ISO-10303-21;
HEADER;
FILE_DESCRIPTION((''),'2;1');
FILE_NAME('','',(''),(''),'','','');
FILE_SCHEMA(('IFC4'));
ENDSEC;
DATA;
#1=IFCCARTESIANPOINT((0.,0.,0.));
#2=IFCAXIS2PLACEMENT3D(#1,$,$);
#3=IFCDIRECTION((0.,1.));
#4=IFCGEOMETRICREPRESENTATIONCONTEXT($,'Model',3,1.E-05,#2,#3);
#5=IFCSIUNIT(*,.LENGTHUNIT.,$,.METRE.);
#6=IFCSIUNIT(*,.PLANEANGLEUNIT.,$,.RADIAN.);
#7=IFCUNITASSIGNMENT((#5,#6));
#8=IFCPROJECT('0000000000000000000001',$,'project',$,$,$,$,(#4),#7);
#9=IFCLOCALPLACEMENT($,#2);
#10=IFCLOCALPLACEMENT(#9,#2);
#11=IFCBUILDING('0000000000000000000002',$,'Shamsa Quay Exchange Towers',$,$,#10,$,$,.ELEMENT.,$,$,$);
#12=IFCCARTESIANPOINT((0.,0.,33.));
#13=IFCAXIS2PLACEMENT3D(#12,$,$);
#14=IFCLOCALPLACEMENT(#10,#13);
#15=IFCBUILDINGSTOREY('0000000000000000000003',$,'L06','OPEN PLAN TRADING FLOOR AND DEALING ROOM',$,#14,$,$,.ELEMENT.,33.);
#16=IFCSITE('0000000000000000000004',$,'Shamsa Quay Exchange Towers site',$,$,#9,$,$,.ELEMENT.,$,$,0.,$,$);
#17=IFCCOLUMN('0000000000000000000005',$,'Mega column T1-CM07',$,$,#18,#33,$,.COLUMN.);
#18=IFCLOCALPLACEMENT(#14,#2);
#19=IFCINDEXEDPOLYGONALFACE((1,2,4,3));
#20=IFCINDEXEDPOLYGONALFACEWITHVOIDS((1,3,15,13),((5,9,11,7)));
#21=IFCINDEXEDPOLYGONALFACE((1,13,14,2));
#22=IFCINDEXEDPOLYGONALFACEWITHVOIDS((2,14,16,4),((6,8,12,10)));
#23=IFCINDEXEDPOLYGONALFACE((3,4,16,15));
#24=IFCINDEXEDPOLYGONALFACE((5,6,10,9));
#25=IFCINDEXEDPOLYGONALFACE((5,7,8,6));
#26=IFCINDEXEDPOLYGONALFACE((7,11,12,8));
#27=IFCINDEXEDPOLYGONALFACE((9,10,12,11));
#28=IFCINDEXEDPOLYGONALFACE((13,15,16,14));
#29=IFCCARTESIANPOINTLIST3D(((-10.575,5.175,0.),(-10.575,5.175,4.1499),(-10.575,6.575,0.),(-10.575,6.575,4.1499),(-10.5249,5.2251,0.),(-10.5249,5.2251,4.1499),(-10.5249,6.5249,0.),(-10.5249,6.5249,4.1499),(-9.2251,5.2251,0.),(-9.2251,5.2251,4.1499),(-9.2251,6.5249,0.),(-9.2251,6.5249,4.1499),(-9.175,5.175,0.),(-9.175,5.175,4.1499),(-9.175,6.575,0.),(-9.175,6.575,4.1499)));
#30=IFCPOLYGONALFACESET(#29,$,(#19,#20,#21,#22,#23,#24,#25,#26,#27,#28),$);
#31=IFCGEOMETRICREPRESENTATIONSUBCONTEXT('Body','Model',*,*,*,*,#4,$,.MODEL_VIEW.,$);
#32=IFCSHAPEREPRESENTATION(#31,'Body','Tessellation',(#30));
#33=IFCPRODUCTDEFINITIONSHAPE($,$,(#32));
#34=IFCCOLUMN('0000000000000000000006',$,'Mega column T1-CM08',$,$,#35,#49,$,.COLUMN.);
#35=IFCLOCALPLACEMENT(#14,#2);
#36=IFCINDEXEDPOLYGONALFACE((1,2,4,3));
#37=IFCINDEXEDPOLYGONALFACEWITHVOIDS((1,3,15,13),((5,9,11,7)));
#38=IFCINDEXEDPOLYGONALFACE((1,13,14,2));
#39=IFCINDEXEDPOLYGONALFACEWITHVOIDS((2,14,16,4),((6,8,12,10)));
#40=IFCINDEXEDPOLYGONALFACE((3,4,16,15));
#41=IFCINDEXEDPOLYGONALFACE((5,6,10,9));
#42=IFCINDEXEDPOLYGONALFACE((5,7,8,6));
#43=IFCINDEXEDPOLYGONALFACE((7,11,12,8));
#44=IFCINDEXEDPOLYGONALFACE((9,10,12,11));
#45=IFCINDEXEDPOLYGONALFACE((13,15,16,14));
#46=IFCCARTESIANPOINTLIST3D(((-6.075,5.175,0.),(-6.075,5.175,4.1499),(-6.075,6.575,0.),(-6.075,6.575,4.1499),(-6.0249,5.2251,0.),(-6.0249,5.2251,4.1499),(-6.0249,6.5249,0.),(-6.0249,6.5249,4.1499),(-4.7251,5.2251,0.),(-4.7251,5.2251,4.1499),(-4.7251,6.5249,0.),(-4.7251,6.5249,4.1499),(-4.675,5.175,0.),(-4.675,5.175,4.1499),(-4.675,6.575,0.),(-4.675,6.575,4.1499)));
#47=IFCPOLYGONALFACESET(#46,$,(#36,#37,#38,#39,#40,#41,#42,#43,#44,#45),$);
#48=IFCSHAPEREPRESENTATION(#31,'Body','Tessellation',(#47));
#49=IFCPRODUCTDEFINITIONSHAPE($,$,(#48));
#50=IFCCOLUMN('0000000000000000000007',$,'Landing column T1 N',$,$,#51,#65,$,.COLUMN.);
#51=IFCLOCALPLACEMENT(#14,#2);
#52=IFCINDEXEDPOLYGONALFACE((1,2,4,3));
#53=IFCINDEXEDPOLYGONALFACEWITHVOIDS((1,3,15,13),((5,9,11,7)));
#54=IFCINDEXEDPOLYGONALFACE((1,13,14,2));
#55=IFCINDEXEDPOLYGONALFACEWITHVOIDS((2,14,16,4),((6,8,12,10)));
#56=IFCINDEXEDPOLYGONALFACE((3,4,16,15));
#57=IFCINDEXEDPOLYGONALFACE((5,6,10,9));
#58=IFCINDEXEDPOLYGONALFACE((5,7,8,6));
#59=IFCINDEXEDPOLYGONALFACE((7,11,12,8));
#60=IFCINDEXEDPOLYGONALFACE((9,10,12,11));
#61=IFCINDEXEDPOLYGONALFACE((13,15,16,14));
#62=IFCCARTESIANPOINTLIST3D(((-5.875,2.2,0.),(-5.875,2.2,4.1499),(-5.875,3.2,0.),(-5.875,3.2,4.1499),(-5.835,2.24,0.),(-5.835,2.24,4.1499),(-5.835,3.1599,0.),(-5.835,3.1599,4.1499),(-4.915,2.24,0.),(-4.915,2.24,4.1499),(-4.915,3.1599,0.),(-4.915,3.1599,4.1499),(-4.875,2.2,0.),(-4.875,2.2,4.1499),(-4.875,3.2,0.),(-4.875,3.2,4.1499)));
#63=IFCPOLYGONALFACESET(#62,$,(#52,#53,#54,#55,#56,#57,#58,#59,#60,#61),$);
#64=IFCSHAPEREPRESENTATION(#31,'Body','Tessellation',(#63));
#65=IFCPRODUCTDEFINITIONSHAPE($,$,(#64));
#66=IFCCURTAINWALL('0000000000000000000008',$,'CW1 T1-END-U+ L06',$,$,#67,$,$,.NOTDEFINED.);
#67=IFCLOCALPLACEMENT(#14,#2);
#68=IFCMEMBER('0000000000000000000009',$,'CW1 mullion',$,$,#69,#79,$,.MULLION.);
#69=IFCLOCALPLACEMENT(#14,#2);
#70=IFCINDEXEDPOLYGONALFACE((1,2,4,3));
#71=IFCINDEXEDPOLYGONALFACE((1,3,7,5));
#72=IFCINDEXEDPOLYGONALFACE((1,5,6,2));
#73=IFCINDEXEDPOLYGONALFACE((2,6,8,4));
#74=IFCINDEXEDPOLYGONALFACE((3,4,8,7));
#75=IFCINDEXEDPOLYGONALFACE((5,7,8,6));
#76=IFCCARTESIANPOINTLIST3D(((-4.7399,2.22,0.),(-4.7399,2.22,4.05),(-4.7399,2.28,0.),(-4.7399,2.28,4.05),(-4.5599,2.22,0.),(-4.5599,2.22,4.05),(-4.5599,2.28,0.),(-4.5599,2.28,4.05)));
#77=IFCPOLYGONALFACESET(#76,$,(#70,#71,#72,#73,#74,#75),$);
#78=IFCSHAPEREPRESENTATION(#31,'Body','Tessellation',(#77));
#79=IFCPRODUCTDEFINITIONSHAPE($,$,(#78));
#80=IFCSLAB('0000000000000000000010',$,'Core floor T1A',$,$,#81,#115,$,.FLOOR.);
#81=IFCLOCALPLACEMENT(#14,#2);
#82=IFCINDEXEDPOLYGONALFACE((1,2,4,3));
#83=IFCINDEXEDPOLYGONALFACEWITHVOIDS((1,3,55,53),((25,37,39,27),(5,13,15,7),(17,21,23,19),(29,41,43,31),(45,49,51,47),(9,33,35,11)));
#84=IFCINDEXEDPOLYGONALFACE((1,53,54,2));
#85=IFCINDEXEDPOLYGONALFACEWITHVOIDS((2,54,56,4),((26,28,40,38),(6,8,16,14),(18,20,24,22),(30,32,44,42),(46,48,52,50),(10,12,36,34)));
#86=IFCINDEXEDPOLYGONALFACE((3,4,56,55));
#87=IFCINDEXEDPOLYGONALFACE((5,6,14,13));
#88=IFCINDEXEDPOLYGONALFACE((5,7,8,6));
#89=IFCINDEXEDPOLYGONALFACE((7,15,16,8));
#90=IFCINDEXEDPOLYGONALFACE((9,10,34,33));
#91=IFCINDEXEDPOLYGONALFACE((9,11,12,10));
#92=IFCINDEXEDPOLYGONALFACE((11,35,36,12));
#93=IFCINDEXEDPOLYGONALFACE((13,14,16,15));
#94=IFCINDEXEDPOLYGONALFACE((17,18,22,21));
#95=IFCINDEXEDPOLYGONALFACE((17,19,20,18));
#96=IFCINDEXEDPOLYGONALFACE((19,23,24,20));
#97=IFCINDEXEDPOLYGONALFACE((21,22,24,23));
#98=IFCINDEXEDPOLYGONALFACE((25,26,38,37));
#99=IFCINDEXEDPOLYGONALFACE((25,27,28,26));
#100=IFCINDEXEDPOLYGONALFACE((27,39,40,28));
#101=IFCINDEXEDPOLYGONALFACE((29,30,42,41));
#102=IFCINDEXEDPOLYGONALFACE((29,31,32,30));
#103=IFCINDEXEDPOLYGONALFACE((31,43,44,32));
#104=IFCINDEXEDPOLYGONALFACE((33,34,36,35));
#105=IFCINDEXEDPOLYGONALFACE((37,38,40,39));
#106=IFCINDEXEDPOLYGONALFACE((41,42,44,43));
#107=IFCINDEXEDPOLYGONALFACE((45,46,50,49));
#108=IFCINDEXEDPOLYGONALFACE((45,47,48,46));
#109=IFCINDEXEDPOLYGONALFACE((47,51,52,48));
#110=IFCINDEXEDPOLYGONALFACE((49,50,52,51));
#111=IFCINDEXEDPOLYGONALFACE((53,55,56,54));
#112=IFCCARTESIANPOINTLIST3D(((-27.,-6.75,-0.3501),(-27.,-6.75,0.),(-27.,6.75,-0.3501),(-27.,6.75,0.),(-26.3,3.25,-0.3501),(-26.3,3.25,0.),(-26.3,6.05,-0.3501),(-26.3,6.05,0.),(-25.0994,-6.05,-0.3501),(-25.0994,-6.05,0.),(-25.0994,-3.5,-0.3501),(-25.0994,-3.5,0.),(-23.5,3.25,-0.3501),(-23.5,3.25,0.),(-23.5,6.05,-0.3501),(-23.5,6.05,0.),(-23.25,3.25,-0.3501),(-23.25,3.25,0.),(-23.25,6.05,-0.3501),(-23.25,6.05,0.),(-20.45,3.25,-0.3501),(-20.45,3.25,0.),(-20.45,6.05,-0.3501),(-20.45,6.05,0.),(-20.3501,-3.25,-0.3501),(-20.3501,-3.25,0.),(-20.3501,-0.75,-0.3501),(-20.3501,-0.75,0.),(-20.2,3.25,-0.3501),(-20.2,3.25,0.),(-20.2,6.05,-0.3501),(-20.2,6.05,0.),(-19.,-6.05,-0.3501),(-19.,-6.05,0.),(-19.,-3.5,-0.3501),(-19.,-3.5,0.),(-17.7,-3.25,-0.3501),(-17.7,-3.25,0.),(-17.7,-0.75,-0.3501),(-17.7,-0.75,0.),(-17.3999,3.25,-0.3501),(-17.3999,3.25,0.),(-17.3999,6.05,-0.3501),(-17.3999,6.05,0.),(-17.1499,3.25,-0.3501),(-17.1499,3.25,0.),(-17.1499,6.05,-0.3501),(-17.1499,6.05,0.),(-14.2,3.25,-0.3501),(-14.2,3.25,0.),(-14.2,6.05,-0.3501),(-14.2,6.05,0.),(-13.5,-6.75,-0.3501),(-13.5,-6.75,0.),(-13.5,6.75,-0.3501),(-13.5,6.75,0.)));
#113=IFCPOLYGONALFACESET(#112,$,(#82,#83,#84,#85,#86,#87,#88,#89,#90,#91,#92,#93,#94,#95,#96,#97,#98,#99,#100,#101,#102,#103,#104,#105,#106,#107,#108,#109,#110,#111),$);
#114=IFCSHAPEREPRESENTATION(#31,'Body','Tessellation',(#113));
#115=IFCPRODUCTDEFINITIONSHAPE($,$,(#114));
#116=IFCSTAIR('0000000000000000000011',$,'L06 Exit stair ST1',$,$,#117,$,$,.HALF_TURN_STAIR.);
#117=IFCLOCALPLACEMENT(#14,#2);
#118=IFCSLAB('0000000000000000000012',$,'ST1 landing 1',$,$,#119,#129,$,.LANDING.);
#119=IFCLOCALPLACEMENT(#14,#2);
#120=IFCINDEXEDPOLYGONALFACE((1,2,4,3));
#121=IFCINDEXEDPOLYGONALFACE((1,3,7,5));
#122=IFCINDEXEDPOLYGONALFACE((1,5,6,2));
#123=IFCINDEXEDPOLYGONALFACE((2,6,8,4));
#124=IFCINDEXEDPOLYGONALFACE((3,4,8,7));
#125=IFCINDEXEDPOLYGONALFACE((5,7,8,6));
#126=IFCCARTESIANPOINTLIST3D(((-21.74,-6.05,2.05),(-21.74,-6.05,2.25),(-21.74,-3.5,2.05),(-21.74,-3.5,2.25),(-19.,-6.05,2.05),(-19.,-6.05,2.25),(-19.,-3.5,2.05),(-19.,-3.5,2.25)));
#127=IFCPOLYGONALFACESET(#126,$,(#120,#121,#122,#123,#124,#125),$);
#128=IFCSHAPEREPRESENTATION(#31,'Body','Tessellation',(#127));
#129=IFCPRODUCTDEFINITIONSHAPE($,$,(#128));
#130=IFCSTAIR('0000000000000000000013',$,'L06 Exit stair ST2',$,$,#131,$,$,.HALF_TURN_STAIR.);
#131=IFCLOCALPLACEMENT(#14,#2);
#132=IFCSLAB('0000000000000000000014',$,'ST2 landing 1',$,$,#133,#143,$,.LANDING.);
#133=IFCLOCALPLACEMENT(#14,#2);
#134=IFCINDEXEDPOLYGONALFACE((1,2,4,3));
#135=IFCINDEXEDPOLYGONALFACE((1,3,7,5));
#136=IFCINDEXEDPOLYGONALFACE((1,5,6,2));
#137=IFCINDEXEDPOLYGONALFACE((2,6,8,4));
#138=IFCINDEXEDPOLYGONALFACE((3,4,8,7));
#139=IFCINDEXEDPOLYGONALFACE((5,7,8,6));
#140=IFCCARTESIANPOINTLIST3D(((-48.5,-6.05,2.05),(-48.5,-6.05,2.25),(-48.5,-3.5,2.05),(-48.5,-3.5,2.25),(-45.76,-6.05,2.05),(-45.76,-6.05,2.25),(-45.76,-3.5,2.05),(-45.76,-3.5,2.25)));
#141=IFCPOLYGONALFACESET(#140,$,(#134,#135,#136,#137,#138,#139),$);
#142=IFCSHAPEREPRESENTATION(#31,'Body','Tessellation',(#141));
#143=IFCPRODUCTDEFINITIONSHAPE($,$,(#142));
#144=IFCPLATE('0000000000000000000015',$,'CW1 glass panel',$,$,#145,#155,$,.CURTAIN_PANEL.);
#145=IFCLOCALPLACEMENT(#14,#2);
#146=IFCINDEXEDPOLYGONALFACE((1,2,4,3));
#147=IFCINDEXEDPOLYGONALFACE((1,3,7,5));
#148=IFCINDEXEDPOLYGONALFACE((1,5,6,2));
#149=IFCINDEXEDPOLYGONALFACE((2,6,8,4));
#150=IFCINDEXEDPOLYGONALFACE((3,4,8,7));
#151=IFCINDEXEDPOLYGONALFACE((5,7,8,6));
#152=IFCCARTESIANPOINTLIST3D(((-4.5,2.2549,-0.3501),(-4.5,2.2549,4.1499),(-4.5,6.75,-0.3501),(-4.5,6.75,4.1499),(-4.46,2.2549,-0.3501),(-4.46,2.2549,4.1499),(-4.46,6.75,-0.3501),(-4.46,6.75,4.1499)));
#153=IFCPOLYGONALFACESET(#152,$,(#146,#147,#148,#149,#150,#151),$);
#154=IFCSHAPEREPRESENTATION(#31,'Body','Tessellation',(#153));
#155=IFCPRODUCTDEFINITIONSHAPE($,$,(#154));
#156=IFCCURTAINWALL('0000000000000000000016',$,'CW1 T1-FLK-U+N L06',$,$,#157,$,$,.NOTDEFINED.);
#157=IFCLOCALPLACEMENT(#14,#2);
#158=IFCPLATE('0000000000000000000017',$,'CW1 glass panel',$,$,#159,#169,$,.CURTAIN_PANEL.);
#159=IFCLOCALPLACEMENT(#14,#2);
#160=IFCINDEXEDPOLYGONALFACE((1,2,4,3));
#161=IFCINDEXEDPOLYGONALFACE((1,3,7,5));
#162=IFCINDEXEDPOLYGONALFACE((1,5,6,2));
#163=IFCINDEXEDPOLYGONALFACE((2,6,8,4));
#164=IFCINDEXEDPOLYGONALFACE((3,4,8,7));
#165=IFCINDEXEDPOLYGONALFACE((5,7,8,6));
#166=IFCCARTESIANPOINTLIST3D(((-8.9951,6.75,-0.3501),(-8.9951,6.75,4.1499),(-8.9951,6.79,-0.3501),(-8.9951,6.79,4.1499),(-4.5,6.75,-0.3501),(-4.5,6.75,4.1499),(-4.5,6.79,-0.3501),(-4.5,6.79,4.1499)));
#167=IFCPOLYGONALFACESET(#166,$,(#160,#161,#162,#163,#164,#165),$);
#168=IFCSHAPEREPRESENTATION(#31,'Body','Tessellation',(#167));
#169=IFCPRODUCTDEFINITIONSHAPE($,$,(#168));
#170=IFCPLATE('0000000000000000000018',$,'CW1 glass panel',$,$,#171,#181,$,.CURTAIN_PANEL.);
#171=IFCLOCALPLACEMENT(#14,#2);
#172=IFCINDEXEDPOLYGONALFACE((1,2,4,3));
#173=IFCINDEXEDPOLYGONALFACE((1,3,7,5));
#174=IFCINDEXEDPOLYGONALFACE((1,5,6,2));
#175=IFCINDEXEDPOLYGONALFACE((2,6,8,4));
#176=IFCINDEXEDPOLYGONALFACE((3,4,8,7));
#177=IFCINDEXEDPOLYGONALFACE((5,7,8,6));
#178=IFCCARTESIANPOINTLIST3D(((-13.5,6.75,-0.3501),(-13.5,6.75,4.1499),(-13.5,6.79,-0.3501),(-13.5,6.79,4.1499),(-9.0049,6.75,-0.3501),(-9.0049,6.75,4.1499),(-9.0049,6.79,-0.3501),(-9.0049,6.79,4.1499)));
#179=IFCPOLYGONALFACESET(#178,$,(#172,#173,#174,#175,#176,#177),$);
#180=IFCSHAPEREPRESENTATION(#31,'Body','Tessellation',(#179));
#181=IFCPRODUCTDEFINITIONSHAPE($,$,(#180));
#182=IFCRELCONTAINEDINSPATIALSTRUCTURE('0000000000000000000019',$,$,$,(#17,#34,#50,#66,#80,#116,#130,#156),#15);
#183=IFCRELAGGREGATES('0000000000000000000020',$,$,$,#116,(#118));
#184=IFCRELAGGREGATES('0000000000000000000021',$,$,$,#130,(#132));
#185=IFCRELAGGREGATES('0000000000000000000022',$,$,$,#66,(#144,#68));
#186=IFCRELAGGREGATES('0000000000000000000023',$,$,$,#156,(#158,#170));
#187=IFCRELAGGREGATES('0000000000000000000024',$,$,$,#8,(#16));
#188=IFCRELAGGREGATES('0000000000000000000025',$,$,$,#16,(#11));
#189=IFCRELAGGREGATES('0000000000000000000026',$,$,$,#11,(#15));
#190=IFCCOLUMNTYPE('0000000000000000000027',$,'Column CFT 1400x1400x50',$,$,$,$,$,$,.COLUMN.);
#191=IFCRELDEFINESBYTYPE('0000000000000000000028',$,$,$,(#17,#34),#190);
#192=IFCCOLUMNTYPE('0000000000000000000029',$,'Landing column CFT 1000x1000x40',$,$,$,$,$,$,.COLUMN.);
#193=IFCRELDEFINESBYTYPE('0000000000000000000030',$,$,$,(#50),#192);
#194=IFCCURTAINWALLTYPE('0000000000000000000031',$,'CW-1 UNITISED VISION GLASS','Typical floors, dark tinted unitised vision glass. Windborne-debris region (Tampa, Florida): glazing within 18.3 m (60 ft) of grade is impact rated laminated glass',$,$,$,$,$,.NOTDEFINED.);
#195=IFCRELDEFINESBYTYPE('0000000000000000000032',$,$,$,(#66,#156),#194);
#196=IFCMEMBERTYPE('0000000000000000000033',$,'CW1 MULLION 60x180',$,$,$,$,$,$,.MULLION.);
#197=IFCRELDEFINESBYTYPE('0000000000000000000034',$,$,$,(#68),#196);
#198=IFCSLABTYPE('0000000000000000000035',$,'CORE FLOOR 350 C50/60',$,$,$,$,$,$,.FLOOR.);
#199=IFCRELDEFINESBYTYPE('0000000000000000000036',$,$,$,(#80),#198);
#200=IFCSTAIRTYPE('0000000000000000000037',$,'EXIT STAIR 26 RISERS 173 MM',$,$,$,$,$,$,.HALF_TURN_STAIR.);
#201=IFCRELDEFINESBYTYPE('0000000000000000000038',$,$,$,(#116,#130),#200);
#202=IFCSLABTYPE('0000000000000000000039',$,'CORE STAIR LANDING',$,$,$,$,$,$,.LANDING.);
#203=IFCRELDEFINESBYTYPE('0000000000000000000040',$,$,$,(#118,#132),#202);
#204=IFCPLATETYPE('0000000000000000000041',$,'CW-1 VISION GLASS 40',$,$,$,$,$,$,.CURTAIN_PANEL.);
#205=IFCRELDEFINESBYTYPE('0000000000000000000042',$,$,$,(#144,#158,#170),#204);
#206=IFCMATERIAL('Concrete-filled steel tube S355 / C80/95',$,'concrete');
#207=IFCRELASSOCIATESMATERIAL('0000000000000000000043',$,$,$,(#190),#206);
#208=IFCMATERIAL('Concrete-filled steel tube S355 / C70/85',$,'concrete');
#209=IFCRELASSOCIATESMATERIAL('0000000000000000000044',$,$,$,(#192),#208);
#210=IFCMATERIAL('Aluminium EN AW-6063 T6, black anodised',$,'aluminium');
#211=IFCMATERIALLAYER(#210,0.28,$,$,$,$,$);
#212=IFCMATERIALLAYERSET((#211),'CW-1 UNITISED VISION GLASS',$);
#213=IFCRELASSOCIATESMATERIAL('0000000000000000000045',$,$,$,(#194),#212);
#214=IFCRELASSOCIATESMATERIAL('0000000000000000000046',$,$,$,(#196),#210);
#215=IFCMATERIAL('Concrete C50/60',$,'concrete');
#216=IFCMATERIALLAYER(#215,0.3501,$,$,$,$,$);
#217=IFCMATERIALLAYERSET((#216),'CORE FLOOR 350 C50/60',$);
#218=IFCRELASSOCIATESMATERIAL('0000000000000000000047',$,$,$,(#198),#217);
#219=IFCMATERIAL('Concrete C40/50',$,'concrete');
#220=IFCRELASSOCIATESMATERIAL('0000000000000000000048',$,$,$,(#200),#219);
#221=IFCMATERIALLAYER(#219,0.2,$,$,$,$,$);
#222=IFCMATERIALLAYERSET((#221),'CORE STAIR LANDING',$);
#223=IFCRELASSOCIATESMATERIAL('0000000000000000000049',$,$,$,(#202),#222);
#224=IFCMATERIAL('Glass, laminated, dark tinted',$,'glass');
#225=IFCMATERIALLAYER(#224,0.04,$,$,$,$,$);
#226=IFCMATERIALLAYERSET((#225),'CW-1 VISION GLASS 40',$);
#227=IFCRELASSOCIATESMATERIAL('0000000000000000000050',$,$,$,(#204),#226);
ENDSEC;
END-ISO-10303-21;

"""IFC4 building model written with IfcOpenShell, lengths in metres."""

from ifc_helpers import new_model, si_unit, direction, frame, origin, origin_2d, place, context, subcontext, project, spatial, polyline, rectangle, hollow_rectangle, outline, extrude, material, layer, layer_set, material_profile, profile_set, type_object, element, aggregate, save


model = new_model("IFC4")

# Units and contexts
model_context = context("Model", 3, precision=1e-05, world=origin(), true_north=direction((0.0, 1.0)))
body_context = subcontext(model_context, "Body", "Model", "MODEL_VIEW")
ifc_project = project(units=[si_unit("LENGTHUNIT", "METRE"), si_unit("PLANEANGLEUNIT", "RADIAN")], contexts=[model_context])

# Site, building, storey
site_placement = place(None, origin())
site = spatial("IfcSite", under=ifc_project, at=site_placement, Name="Shamsa Quay Exchange Towers site", CompositionType="ELEMENT", RefElevation=0.0)
building_placement = place(site_placement, origin())
building = spatial("IfcBuilding", under=site, at=building_placement, Name="Shamsa Quay Exchange Towers", CompositionType="ELEMENT")
storey_placement = place(building_placement, frame((0.0, 0.0, 33.0)))
storey = spatial("IfcBuildingStorey", under=building, at=storey_placement, Name="L06", Description="OPEN PLAN TRADING FLOOR AND DEALING ROOM", CompositionType="ELEMENT", Elevation=33.0)

# Columns
ifc_material_1 = material(Name="Concrete-filled steel tube S355 / C80/95", Category="concrete")
ifc_material_profile_1 = material_profile(ifc_material_1, hollow_rectangle(XDim=1.3999, YDim=1.3999, WallThickness=0.05, at=origin_2d()), Name="CFT 1400x1400x50")
ifc_profile_set_1 = profile_set([ifc_material_profile_1], Name="Concrete-filled steel tube S355 / C80/95")
column_type_1 = type_object("IfcColumnType", Name="Column CFT 1400x1400x50", PredefinedType="COLUMN", material=ifc_profile_set_1)
for number, where, name in (
    (1, (-9.875, 5.875, 0.0), "Mega column T1-CM07"),
    (2, (-5.375, 5.875, 0.0), "Mega column T1-CM08"),
):
    element("IfcColumn", number, at=place(storey_placement, frame(where)), inside=storey, type_object=column_type_1, Name=name, PredefinedType="COLUMN", context=body_context, shape_type="SweptSolid", body=[
        extrude(hollow_rectangle(XDim=1.3999, YDim=1.3999, WallThickness=0.05, at=origin_2d()), origin(), (0.0, 0.0, 1.0), 4.1499),
    ])
ifc_material_2 = material(Name="Concrete-filled steel tube S355 / C70/85", Category="concrete")
ifc_material_profile_2 = material_profile(ifc_material_2, hollow_rectangle(XDim=1.0, YDim=1.0, WallThickness=0.04, at=origin_2d()), Name="CFT 1000x1000x40")
ifc_profile_set_2 = profile_set([ifc_material_profile_2], Name="Concrete-filled steel tube S355 / C70/85")
column_type_2 = type_object("IfcColumnType", Name="Landing column CFT 1000x1000x40", PredefinedType="COLUMN", material=ifc_profile_set_2)
column_placement = place(storey_placement, frame((-5.375, 2.7, 0.0)))
element("IfcColumn", 3, at=column_placement, inside=storey, type_object=column_type_2, Name="Landing column T1 N", PredefinedType="COLUMN", context=body_context, shape_type="SweptSolid", body=[
    extrude(hollow_rectangle(XDim=1.0, YDim=1.0, WallThickness=0.04, at=origin_2d()), origin(), (0.0, 0.0, 1.0), 4.1499),
])

# Curtain wall, member
ifc_material_3 = material(Name="Aluminium EN AW-6063 T6, black anodised", Category="aluminium")
ifc_layer_1 = layer(ifc_material_3, 0.28)
ifc_layer_set_1 = layer_set([ifc_layer_1], Name="CW-1 UNITISED VISION GLASS")
curtain_wall_type_1 = type_object("IfcCurtainWallType", Name="CW-1 UNITISED VISION GLASS", Description="Typical floors, dark tinted unitised vision glass. Windborne-debris region (Tampa, Florida): glazing within 18.3 m (60 ft) of grade is impact rated laminated glass", PredefinedType="NOTDEFINED", material=ifc_layer_set_1)
curtain_wall_1_placement = place(storey_placement, origin())
curtain_wall_1 = element("IfcCurtainWall", 4, at=curtain_wall_1_placement, inside=storey, type_object=curtain_wall_type_1, Name="CW1 T1-END-U+ L06", PredefinedType="NOTDEFINED")
ifc_material_profile_3 = material_profile(ifc_material_3, rectangle(XDim=0.1799, YDim=0.0601, at=origin_2d()), Name="MU60x180")
ifc_profile_set_3 = profile_set([ifc_material_profile_3], Name="Aluminium EN AW-6063 T6, black anodised")
member_type = type_object("IfcMemberType", Name="CW1 MULLION 60x180", PredefinedType="MULLION", material=ifc_profile_set_3)
member_placement = place(storey_placement, frame((-4.6499, 2.25, 0.0), z_axis=(0.0, 0.0, 1.0), x_axis=(-1.0, 0.0, 0.0)))
member = element("IfcMember", 5, at=member_placement, type_object=member_type, Name="CW1 mullion", PredefinedType="MULLION", context=body_context, shape_type="SweptSolid", body=[
    extrude(rectangle(XDim=0.1799, YDim=0.0601, at=origin_2d()), origin(), (0.0, 0.0, 1.0), 4.05),
])

# Slab
ifc_material_4 = material(Name="Concrete C50/60", Category="concrete")
ifc_layer_2 = layer(ifc_material_4, 0.3501)
ifc_layer_set_2 = layer_set([ifc_layer_2], Name="CORE FLOOR 350 C50/60")
slab_type_1 = type_object("IfcSlabType", Name="CORE FLOOR 350 C50/60", PredefinedType="FLOOR", material=ifc_layer_set_2)
slab_1_placement = place(storey_placement, frame((0.0, 0.0, -0.3501)))
element("IfcSlab", 6, at=slab_1_placement, inside=storey, type_object=slab_type_1, Name="Core floor T1A", PredefinedType="FLOOR", context=body_context, shape_type="SweptSolid", body=[
    extrude(outline(polyline([(-27.0, -6.75), (-13.5, -6.75), (-13.5, 6.75), (-27.0, 6.75), (-27.0, -6.75)]), holes=[polyline([(-25.0994, -6.05), (-25.0994, -3.5), (-19.0, -3.5), (-19.0, -6.05), (-25.0994, -6.05)]), polyline([(-26.3, 3.25), (-26.3, 6.05), (-23.5, 6.05), (-23.5, 3.25), (-26.3, 3.25)]), polyline([(-23.25, 3.25), (-23.25, 6.05), (-20.45, 6.05), (-20.45, 3.25), (-23.25, 3.25)]), polyline([(-20.2, 3.25), (-20.2, 6.05), (-17.3999, 6.05), (-17.3999, 3.25), (-20.2, 3.25)]), polyline([(-17.1499, 3.25), (-17.1499, 6.05), (-14.2, 6.05), (-14.2, 3.25), (-17.1499, 3.25)]), polyline([(-20.3501, -3.25), (-20.3501, -0.75), (-17.7, -0.75), (-17.7, -3.25), (-20.3501, -3.25)])]), origin(), (0.0, 0.0, 1.0), 0.3501),
])

# Stairs, slabs
ifc_material_5 = material(Name="Concrete C40/50", Category="concrete")
stair_type = type_object("IfcStairType", Name="EXIT STAIR 26 RISERS 173 MM", PredefinedType="HALF_TURN_STAIR", material=ifc_material_5)
stair_1_placement = place(storey_placement, origin())
stair_1 = element("IfcStair", 7, at=stair_1_placement, inside=storey, type_object=stair_type, Name="L06 Exit stair ST1", PredefinedType="HALF_TURN_STAIR")
ifc_layer_3 = layer(ifc_material_5, 0.2)
ifc_layer_set_3 = layer_set([ifc_layer_3], Name="CORE STAIR LANDING")
slab_type_2 = type_object("IfcSlabType", Name="CORE STAIR LANDING", PredefinedType="LANDING", material=ifc_layer_set_3)
slab_2_placement = place(storey_placement, frame((0.0, 0.0, 2.05)))
slab_2 = element("IfcSlab", 8, at=slab_2_placement, type_object=slab_type_2, Name="ST1 landing 1", PredefinedType="LANDING", context=body_context, shape_type="SweptSolid", body=[
    extrude(outline(polyline([(-21.74, -6.05), (-19.0, -6.05), (-19.0, -3.5), (-21.74, -3.5), (-21.74, -6.05)])), origin(), (0.0, 0.0, 1.0), 0.2),
])
aggregate(stair_1, [slab_2])
stair_2_placement = place(storey_placement, origin())
stair_2 = element("IfcStair", 9, at=stair_2_placement, inside=storey, type_object=stair_type, Name="L06 Exit stair ST2", PredefinedType="HALF_TURN_STAIR")
slab_3_placement = place(storey_placement, frame((0.0, 0.0, 2.05)))
slab_3 = element("IfcSlab", 10, at=slab_3_placement, type_object=slab_type_2, Name="ST2 landing 1", PredefinedType="LANDING", context=body_context, shape_type="SweptSolid", body=[
    extrude(outline(polyline([(-45.76, -3.5), (-48.5, -3.5), (-48.5, -6.05), (-45.76, -6.05), (-45.76, -3.5)])), origin(), (0.0, 0.0, 1.0), 0.2),
])
aggregate(stair_2, [slab_3])

# Plate
ifc_material_6 = material(Name="Glass, laminated, dark tinted", Category="glass")
ifc_layer_4 = layer(ifc_material_6, 0.04)
ifc_layer_set_4 = layer_set([ifc_layer_4], Name="CW-1 VISION GLASS 40")
plate_type_1 = type_object("IfcPlateType", Name="CW-1 VISION GLASS 40", PredefinedType="CURTAIN_PANEL", material=ifc_layer_set_4)
plate_1_placement = place(storey_placement, frame((-4.48, 4.5024, -0.3501), z_axis=(0.0, 0.0, 1.0), x_axis=(0.0, 1.0, 0.0)))
plate_1 = element("IfcPlate", 11, at=plate_1_placement, type_object=plate_type_1, Name="CW1 glass panel", PredefinedType="CURTAIN_PANEL", context=body_context, shape_type="SweptSolid", body=[
    extrude(rectangle(XDim=4.4951, YDim=0.04, at=origin_2d()), origin(), (0.0, 0.0, 1.0), 4.5),
])
aggregate(curtain_wall_1, [plate_1, member])

# Curtain wall, plates
curtain_wall_2_placement = place(storey_placement, origin())
curtain_wall_2 = element("IfcCurtainWall", 12, at=curtain_wall_2_placement, inside=storey, type_object=curtain_wall_type_1, Name="CW1 T1-FLK-U+N L06", PredefinedType="NOTDEFINED")
plate_2_placement = place(storey_placement, frame((-6.7476, 6.77, -0.3501), z_axis=(0.0, 0.0, 1.0), x_axis=(-1.0, 0.0, 0.0)))
plate_2 = element("IfcPlate", 13, at=plate_2_placement, type_object=plate_type_1, Name="CW1 glass panel", PredefinedType="CURTAIN_PANEL", context=body_context, shape_type="SweptSolid", body=[
    extrude(rectangle(XDim=4.4951, YDim=0.04, at=origin_2d()), origin(), (0.0, 0.0, 1.0), 4.5),
])
plate_3_placement = place(storey_placement, frame((-11.2524, 6.77, -0.3501), z_axis=(0.0, 0.0, 1.0), x_axis=(-1.0, 0.0, 0.0)))
plate_3 = element("IfcPlate", 14, at=plate_3_placement, type_object=plate_type_1, Name="CW1 glass panel", PredefinedType="CURTAIN_PANEL", context=body_context, shape_type="SweptSolid", body=[
    extrude(rectangle(XDim=4.4951, YDim=0.04, at=origin_2d()), origin(), (0.0, 0.0, 1.0), 4.5),
])
aggregate(curtain_wall_2, [plate_2, plate_3])

save(model, "model.ifc")
